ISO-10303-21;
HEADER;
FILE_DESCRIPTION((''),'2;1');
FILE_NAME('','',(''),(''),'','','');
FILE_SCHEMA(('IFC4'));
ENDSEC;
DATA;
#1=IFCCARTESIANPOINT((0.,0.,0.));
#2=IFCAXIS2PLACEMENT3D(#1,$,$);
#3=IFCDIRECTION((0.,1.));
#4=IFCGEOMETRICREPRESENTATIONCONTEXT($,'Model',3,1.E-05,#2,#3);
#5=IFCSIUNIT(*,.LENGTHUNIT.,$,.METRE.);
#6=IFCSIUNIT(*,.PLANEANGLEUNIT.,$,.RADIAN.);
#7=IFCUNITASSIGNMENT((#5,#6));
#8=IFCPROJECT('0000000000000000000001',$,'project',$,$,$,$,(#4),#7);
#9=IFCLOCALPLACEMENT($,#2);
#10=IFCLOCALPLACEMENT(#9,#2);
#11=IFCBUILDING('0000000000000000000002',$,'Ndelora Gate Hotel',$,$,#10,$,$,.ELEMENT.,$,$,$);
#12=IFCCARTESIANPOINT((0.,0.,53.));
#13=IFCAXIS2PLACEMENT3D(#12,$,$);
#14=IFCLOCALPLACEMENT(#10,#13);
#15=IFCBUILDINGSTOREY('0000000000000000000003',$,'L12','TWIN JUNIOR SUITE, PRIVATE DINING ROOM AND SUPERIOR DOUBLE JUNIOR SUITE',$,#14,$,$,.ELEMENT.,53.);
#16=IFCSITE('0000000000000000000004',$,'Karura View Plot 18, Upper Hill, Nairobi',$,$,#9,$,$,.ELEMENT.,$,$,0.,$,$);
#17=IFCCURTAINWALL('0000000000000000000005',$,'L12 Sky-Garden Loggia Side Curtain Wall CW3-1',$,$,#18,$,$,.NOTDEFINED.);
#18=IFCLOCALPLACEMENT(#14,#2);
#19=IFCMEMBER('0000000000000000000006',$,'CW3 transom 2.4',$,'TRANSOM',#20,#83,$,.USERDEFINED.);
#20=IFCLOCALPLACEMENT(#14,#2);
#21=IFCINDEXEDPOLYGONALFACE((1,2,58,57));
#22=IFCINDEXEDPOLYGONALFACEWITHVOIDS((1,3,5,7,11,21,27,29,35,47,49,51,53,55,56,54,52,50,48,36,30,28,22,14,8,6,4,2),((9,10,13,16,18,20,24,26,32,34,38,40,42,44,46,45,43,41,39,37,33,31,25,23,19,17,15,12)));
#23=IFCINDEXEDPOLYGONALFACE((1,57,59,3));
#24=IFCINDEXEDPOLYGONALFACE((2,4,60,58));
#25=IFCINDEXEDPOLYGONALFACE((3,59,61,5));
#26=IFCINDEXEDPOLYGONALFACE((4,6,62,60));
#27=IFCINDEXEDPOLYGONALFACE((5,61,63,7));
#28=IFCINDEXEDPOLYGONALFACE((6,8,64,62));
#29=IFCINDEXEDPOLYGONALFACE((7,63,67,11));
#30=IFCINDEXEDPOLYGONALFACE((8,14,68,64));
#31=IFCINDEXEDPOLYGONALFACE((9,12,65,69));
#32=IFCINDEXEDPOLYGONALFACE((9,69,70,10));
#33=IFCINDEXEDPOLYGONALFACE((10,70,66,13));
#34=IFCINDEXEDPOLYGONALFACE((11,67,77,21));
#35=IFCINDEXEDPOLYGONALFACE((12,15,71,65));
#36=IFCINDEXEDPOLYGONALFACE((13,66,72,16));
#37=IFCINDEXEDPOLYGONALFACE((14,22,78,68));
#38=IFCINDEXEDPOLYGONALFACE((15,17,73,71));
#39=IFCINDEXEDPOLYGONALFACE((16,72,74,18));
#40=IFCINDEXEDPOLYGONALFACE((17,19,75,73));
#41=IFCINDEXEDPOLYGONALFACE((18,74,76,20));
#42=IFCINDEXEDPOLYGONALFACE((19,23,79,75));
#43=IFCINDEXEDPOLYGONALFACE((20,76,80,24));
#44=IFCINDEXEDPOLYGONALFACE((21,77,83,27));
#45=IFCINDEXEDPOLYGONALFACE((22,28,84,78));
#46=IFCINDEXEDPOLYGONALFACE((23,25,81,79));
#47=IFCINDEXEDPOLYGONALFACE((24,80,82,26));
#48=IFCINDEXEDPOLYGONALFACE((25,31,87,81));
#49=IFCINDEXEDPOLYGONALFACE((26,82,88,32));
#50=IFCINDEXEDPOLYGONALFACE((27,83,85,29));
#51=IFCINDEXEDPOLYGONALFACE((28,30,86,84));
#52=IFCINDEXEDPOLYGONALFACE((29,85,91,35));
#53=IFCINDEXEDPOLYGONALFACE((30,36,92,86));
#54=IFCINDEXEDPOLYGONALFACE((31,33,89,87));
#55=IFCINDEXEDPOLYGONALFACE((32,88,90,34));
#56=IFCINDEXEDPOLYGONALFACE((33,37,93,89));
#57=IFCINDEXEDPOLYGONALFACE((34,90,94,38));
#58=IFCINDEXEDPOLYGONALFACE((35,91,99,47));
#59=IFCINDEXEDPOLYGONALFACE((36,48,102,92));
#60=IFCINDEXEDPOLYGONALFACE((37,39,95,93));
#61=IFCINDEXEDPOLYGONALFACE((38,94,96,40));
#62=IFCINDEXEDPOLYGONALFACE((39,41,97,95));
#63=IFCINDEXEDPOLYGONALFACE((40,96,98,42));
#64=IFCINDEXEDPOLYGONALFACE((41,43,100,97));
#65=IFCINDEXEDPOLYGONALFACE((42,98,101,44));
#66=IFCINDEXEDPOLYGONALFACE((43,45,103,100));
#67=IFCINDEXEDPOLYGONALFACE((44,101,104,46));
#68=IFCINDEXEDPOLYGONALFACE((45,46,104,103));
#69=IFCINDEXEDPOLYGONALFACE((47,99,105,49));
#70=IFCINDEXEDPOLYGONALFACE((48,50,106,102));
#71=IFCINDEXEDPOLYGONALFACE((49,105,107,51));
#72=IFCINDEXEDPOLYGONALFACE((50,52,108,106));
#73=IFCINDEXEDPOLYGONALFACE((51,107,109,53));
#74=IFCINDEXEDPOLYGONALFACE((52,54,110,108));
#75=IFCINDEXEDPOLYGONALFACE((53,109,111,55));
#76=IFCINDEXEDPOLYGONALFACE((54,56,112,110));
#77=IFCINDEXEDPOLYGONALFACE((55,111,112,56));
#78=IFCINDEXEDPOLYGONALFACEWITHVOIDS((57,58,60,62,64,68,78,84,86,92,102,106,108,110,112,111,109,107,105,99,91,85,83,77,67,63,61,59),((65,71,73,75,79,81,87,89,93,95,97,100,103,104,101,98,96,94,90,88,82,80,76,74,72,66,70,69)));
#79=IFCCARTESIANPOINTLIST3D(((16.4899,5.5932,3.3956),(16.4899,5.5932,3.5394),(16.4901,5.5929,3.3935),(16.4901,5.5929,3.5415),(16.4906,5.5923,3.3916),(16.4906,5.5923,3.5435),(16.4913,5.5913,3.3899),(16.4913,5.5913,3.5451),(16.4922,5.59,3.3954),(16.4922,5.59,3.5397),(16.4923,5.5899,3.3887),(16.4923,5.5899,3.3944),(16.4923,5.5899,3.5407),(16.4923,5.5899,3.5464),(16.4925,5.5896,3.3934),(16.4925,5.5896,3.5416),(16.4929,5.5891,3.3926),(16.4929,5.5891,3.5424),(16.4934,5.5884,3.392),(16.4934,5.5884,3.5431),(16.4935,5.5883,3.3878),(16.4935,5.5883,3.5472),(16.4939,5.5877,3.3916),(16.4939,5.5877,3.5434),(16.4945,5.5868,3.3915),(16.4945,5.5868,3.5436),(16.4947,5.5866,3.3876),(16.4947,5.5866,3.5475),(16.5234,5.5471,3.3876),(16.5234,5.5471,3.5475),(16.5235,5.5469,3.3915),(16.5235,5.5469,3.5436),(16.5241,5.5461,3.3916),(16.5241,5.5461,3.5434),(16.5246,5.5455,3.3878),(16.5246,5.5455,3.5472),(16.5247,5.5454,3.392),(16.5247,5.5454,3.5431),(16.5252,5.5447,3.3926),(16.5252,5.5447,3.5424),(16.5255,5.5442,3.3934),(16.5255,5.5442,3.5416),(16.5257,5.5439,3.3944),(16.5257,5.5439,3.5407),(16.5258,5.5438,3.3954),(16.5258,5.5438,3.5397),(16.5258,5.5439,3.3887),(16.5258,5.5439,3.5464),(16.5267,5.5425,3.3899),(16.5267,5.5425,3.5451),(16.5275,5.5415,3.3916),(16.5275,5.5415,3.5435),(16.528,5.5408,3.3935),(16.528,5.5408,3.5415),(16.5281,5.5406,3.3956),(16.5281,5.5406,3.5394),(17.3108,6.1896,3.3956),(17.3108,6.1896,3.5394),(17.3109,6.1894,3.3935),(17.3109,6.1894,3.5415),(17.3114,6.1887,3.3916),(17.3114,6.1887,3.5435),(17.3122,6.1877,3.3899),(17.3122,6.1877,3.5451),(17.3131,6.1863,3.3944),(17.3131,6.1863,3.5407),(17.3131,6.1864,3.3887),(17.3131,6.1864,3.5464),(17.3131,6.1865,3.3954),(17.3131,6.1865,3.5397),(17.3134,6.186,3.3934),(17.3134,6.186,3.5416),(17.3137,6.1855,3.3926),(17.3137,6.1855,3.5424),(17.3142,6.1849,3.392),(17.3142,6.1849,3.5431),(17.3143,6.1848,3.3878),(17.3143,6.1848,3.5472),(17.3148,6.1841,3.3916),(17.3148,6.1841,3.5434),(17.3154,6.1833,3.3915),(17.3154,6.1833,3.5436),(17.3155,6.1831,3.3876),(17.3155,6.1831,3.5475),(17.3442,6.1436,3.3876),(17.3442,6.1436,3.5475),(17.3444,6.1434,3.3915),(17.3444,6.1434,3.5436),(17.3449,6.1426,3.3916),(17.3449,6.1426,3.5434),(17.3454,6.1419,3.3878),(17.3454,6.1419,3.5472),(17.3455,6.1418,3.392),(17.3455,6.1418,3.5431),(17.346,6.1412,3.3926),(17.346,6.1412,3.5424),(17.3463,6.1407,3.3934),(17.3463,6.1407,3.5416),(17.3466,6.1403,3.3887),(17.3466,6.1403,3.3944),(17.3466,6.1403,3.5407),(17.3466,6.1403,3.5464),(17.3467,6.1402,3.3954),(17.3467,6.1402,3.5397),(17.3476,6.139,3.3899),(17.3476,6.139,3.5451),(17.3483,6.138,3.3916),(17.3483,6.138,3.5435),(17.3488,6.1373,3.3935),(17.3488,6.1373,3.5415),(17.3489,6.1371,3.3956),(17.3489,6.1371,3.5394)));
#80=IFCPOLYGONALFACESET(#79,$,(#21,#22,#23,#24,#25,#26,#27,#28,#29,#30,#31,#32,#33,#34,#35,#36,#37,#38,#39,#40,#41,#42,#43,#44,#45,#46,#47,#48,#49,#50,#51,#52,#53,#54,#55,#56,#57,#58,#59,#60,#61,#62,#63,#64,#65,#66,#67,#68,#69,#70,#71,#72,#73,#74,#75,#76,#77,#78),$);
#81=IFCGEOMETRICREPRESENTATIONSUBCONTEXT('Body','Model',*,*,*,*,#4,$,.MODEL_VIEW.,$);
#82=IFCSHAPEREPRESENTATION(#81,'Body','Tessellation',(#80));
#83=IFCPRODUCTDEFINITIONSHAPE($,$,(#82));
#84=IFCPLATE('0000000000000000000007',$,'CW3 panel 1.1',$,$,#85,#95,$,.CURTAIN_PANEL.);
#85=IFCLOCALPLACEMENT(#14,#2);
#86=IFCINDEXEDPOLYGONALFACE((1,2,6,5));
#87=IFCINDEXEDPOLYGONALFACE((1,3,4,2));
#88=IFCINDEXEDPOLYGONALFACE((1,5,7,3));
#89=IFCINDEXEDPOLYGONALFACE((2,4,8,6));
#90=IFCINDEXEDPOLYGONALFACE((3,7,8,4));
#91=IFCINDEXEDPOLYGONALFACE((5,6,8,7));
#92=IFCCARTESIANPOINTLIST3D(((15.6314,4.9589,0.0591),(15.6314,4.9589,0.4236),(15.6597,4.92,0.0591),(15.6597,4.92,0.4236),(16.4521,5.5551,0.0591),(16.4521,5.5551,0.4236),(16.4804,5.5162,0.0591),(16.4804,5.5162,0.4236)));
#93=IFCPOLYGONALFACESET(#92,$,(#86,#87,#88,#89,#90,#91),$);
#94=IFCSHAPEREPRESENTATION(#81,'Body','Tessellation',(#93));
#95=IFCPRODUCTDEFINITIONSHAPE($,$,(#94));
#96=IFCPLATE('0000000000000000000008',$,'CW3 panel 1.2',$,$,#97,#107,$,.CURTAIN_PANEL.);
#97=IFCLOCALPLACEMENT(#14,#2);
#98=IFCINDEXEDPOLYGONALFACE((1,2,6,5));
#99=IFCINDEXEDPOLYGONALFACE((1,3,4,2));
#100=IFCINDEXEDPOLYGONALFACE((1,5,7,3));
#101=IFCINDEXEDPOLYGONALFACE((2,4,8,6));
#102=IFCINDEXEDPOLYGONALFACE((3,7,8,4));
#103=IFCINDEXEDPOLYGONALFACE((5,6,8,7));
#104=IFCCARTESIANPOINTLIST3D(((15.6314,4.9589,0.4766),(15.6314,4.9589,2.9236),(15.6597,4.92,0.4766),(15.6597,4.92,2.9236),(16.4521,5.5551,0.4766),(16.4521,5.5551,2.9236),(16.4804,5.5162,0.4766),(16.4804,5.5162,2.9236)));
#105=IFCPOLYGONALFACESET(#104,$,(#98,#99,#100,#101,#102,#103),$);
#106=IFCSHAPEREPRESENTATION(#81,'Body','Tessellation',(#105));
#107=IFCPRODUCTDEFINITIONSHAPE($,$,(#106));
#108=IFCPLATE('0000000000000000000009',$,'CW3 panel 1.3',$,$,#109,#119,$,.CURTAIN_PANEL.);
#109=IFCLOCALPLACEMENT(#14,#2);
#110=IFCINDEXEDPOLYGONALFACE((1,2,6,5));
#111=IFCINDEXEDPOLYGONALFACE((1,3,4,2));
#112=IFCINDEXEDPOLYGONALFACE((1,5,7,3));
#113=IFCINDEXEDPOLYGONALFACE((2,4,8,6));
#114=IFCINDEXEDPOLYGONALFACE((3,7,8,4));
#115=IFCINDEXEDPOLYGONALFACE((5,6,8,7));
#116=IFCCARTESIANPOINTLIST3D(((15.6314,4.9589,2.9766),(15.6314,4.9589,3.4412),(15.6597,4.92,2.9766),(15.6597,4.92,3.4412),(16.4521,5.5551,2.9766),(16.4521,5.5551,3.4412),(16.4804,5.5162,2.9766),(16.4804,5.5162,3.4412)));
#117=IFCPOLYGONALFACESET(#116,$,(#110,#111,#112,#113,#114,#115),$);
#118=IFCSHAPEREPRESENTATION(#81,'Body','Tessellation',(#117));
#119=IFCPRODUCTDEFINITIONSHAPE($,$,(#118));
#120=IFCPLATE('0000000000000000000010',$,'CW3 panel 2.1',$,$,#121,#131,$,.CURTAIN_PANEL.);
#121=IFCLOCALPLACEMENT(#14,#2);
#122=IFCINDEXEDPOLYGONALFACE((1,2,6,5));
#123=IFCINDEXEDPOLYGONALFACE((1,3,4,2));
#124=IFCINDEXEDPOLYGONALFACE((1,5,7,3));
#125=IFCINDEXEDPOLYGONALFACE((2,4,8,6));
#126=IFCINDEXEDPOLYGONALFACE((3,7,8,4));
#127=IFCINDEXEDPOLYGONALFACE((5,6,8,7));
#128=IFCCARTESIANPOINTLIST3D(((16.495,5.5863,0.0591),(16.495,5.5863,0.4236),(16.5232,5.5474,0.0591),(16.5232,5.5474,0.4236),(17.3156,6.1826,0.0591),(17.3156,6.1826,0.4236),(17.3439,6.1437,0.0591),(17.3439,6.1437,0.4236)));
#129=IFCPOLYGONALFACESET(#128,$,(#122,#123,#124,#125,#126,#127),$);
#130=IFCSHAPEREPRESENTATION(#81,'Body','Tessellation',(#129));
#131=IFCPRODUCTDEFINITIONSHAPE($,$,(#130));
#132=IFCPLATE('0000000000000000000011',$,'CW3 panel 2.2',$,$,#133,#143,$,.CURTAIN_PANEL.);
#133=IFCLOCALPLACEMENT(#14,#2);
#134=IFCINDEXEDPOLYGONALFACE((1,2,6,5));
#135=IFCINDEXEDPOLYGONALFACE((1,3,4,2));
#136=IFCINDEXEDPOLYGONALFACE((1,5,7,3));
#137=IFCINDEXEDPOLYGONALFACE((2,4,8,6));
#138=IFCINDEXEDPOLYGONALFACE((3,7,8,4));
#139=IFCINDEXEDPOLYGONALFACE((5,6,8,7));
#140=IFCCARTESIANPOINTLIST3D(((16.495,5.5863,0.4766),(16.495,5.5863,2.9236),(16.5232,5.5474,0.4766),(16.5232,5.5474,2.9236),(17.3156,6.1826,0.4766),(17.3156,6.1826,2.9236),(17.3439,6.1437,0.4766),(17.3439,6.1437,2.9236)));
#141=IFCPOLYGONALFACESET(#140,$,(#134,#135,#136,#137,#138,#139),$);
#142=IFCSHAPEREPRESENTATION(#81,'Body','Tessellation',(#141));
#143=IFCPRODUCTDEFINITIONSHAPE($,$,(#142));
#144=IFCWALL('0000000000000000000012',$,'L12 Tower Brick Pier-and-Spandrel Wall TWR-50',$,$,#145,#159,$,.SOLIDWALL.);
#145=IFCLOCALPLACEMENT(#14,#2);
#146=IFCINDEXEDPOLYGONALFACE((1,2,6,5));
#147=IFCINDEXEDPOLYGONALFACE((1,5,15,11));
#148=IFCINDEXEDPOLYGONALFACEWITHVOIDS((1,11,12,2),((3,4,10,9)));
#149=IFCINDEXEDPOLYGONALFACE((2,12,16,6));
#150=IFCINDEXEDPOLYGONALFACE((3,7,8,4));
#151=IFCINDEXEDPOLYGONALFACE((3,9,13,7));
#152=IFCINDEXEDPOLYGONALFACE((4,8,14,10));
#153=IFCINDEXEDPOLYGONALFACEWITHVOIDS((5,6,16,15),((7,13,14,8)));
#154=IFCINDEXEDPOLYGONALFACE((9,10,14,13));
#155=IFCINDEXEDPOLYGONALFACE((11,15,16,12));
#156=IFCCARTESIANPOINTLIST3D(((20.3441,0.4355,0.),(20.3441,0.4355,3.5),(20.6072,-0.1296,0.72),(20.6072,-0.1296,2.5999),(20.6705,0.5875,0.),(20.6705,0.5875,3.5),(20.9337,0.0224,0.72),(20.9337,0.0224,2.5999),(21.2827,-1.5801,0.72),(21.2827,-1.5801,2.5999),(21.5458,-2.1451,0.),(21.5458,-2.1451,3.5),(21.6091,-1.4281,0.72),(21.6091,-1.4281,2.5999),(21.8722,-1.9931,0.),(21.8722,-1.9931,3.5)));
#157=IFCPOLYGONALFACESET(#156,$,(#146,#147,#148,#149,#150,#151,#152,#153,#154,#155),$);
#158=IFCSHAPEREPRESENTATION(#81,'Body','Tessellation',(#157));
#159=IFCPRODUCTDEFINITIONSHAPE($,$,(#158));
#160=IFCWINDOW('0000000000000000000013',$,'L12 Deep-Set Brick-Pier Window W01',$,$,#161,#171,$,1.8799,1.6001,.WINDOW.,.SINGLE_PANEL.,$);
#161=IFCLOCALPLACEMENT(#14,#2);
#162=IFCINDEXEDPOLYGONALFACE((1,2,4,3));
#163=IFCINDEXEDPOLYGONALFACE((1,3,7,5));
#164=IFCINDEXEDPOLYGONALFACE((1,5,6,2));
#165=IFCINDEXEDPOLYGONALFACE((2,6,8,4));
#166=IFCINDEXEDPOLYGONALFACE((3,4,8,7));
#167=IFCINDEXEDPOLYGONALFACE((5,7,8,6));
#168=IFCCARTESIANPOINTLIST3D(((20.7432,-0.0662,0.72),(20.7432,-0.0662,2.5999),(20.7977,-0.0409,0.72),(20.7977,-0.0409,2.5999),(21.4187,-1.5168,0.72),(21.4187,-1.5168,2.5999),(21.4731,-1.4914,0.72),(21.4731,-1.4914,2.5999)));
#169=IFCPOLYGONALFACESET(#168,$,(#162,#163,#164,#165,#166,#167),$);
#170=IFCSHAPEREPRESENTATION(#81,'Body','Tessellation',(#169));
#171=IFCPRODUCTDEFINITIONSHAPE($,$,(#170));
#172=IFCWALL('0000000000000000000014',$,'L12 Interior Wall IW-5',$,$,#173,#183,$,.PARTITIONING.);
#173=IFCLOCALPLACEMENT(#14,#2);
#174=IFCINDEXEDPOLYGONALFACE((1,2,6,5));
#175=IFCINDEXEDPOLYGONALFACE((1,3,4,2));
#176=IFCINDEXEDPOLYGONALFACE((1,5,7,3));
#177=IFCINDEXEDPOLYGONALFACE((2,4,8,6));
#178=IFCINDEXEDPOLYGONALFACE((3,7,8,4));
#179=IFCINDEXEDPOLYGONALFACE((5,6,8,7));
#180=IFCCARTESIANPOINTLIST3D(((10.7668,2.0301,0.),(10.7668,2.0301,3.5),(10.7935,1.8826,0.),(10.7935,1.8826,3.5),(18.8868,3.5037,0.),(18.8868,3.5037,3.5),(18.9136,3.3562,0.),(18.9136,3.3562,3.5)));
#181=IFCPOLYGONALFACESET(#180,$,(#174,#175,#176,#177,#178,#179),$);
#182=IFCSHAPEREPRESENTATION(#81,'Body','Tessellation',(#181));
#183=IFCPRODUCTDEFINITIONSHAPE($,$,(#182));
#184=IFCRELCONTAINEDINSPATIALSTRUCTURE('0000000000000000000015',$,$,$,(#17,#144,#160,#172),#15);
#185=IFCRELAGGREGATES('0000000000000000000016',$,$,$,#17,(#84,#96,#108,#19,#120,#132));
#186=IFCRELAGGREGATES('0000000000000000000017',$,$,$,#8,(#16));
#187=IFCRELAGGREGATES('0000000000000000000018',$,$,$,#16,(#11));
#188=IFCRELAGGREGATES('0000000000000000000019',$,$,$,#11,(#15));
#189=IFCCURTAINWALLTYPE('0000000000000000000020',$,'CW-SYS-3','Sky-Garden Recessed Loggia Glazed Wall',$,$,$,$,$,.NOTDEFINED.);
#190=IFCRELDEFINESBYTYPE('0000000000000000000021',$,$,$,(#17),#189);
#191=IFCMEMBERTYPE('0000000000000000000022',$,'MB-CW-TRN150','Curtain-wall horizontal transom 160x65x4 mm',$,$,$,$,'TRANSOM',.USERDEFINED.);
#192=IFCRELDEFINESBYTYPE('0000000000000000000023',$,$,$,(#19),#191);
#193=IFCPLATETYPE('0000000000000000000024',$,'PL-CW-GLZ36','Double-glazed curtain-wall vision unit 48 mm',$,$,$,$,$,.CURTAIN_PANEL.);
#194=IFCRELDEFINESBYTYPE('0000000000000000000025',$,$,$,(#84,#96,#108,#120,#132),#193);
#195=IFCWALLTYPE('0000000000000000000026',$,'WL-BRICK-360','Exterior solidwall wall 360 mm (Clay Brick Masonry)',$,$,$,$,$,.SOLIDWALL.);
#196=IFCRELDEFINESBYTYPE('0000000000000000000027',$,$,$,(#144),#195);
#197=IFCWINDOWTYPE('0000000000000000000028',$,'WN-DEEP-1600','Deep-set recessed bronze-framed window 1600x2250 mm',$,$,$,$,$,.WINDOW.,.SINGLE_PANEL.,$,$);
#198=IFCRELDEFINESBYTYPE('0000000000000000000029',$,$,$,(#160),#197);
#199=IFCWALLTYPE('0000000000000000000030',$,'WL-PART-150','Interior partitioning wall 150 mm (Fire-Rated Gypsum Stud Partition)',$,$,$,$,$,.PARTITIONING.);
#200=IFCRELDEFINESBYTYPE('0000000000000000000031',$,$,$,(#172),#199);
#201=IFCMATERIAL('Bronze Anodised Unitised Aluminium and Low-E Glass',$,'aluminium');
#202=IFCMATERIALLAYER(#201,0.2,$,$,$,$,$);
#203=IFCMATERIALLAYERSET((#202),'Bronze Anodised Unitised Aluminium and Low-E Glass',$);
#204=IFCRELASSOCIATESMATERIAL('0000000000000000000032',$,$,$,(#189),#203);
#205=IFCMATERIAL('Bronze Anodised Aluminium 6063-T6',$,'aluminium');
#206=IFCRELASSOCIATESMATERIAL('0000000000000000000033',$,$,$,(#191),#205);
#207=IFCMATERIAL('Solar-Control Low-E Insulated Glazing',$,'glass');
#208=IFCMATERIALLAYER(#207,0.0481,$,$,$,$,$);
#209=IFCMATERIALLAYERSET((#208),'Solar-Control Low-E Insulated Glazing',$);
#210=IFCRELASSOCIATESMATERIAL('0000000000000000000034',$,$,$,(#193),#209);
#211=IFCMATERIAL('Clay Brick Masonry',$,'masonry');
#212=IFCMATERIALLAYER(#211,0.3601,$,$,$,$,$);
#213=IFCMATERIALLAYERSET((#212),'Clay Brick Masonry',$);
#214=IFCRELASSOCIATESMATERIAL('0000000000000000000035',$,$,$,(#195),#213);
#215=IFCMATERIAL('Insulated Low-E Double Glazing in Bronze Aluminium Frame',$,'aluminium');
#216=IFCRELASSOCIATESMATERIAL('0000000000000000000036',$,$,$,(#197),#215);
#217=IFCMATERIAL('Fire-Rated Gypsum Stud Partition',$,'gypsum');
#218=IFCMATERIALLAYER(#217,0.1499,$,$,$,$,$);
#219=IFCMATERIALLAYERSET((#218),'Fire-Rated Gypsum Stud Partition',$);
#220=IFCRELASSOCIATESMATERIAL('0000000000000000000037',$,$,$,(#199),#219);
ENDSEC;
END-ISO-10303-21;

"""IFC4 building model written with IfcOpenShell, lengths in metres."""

from ifc_helpers import new_model, si_unit, direction, frame, frame_2d, origin, origin_2d, place, context, subcontext, project, spatial, rectangle, hollow_rectangle, extrude, material, layer, layer_set, material_profile, profile_set, type_object, element, fill, aggregate, save


model = new_model("IFC4")

# Units and contexts
model_context = context("Model", 3, precision=1e-05, world=origin(), true_north=direction((0.0, 1.0)))
body_context = subcontext(model_context, "Body", "Model", "MODEL_VIEW")
ifc_project = project(units=[si_unit("LENGTHUNIT", "METRE"), si_unit("PLANEANGLEUNIT", "RADIAN")], contexts=[model_context])

# Site, building, storey
site_placement = place(None, origin())
site = spatial("IfcSite", under=ifc_project, at=site_placement, Name="Karura View Plot 18, Upper Hill, Nairobi", CompositionType="ELEMENT", RefElevation=0.0)
building_placement = place(site_placement, origin())
building = spatial("IfcBuilding", under=site, at=building_placement, Name="Ndelora Gate Hotel", CompositionType="ELEMENT")
storey_placement = place(building_placement, frame((0.0, 0.0, 53.0)))
storey = spatial("IfcBuildingStorey", under=building, at=storey_placement, Name="L12", Description="TWIN JUNIOR SUITE, PRIVATE DINING ROOM AND SUPERIOR DOUBLE JUNIOR SUITE", CompositionType="ELEMENT", Elevation=53.0)

# Curtain wall, member, plates
ifc_material_1 = material(Name="Bronze Anodised Unitised Aluminium and Low-E Glass", Category="aluminium")
ifc_layer_1 = layer(ifc_material_1, 0.2)
ifc_layer_set_1 = layer_set([ifc_layer_1], Name="Bronze Anodised Unitised Aluminium and Low-E Glass")
curtain_wall_type = type_object("IfcCurtainWallType", Name="CW-SYS-3", Description="Sky-Garden Recessed Loggia Glazed Wall", PredefinedType="NOTDEFINED", material=ifc_layer_set_1)
curtain_wall_placement = place(storey_placement, origin())
curtain_wall = element("IfcCurtainWall", 1, at=curtain_wall_placement, inside=storey, type_object=curtain_wall_type, Name="L12 Sky-Garden Loggia Side Curtain Wall CW3-1", PredefinedType="NOTDEFINED")
ifc_material_2 = material(Name="Bronze Anodised Aluminium 6063-T6", Category="aluminium")
ifc_material_profile_1 = material_profile(ifc_material_2, hollow_rectangle(XDim=0.0649, YDim=0.1599, WallThickness=0.0039, InnerFilletRadius=0.0039, OuterFilletRadius=0.0081, at=origin_2d()), Name="ALU 160x65x4")
ifc_profile_set_1 = profile_set([ifc_material_profile_1], Name="Bronze Anodised Aluminium 6063-T6")
member_type_1 = type_object("IfcMemberType", Name="MB-CW-TRN150", Description="Curtain-wall horizontal transom 160x65x4 mm", ElementType="TRANSOM", PredefinedType="USERDEFINED", material=ifc_profile_set_1)
member_1_placement = place(storey_placement, frame((16.509, 5.5669, 3.4675), z_axis=(0.808975, 0.587843, 0.0), x_axis=(-0.587843, 0.808975, 0.0)))
member_1 = element("IfcMember", 2, at=member_1_placement, type_object=member_type_1, Name="CW3 transom 2.4", ObjectType="TRANSOM", PredefinedType="USERDEFINED", context=body_context, shape_type="SweptSolid", body=[
    extrude(hollow_rectangle(XDim=0.0649, YDim=0.1599, WallThickness=0.0039, InnerFilletRadius=0.0039, OuterFilletRadius=0.0081, at=origin_2d()), origin(), (0.0, 0.0, 1.0), 1.0146),
])
ifc_material_3 = material(Name="Solar-Control Low-E Insulated Glazing", Category="glass")
ifc_layer_2 = layer(ifc_material_3, 0.0481)
ifc_layer_set_2 = layer_set([ifc_layer_2], Name="Solar-Control Low-E Insulated Glazing")
plate_type = type_object("IfcPlateType", Name="PL-CW-GLZ36", Description="Double-glazed curtain-wall vision unit 48 mm", PredefinedType="CURTAIN_PANEL", material=ifc_layer_set_2)
plate_1_placement = place(storey_placement, frame((16.0559, 5.2375, 0.0591), z_axis=(0.0, 0.0, 1.0), x_axis=(0.809017, 0.587785, 0.0)))
plate_1 = element("IfcPlate", 3, at=plate_1_placement, type_object=plate_type, Name="CW3 panel 1.1", PredefinedType="CURTAIN_PANEL", context=body_context, shape_type="SweptSolid", body=[
    extrude(rectangle(XDim=1.0144, YDim=0.0481, at=origin_2d()), origin(), (0.0, 0.0, 1.0), 0.3645),
])
plate_2_placement = place(storey_placement, frame((16.0559, 5.2375, 0.4766), z_axis=(0.0, 0.0, 1.0), x_axis=(0.809017, 0.587785, 0.0)))
plate_2 = element("IfcPlate", 4, at=plate_2_placement, type_object=plate_type, Name="CW3 panel 1.2", PredefinedType="CURTAIN_PANEL", context=body_context, shape_type="SweptSolid", body=[
    extrude(rectangle(XDim=1.0144, YDim=0.0481, at=origin_2d()), origin(), (0.0, 0.0, 1.0), 2.447),
])
plate_3_placement = place(storey_placement, frame((16.0559, 5.2375, 2.9766), z_axis=(0.0, 0.0, 1.0), x_axis=(0.809017, 0.587785, 0.0)))
plate_3 = element("IfcPlate", 5, at=plate_3_placement, type_object=plate_type, Name="CW3 panel 1.3", PredefinedType="CURTAIN_PANEL", context=body_context, shape_type="SweptSolid", body=[
    extrude(rectangle(XDim=1.0144, YDim=0.0481, at=origin_2d()), origin(), (0.0, 0.0, 1.0), 0.4646),
])
plate_4_placement = place(storey_placement, frame((16.9194, 5.865, 0.0591), z_axis=(0.0, 0.0, 1.0), x_axis=(0.809017, 0.587785, 0.0)))
plate_4 = element("IfcPlate", 6, at=plate_4_placement, type_object=plate_type, Name="CW3 panel 2.1", PredefinedType="CURTAIN_PANEL", context=body_context, shape_type="SweptSolid", body=[
    extrude(rectangle(XDim=1.0144, YDim=0.0481, at=origin_2d()), origin(), (0.0, 0.0, 1.0), 0.3645),
])
plate_5_placement = place(storey_placement, frame((16.9194, 5.865, 0.4766), z_axis=(0.0, 0.0, 1.0), x_axis=(0.809017, 0.587785, 0.0)))
plate_5 = element("IfcPlate", 7, at=plate_5_placement, type_object=plate_type, Name="CW3 panel 2.2", PredefinedType="CURTAIN_PANEL", context=body_context, shape_type="SweptSolid", body=[
    extrude(rectangle(XDim=1.0144, YDim=0.0481, at=origin_2d()), origin(), (0.0, 0.0, 1.0), 2.447),
])
aggregate(curtain_wall, [plate_1, plate_2, plate_3, member_1, plate_4, plate_5])

# Wall, opening, window
ifc_material_4 = material(Name="Clay Brick Masonry", Category="masonry")
ifc_layer_3 = layer(ifc_material_4, 0.3601)
ifc_layer_set_3 = layer_set([ifc_layer_3], Name="Clay Brick Masonry")
wall_type_1 = type_object("IfcWallType", Name="WL-BRICK-360", Description="Exterior solidwall wall 360 mm (Clay Brick Masonry)", PredefinedType="SOLIDWALL", material=ifc_layer_set_3)
wall_1_placement = place(storey_placement, frame((20.5073, 0.5115, 0.0), z_axis=(0.0, 0.0, 1.0), x_axis=(0.422134, -0.906533, 0.0)))
wall_1 = element("IfcWall", 8, at=wall_1_placement, inside=storey, type_object=wall_type_1, Name="L12 Tower Brick Pier-and-Spandrel Wall TWR-50", PredefinedType="SOLIDWALL", context=body_context, shape_type="SweptSolid", body=[
    extrude(rectangle(XDim=2.8467, YDim=0.3601, at=frame_2d((1.4233, 0.0))), origin(), (0.0, 0.0, 1.0), 3.5),
])
opening_placement = place(wall_1_placement, frame((0.6233, 0.0, 0.72)))
opening = element("IfcOpeningElement", 9, at=opening_placement, cuts=wall_1, PredefinedType="OPENING", context=body_context, shape_type="SweptSolid", body=[
    extrude(rectangle(XDim=1.6001, YDim=1.8799, at=frame_2d((0.8, 0.9399))), frame((0.0, 0.1899, 0.0), z_axis=(0.0, -1.0, 0.0), x_axis=(1.0, 0.0, 0.0)), (0.0, 0.0, 1.0), 0.3801),
])
ifc_material_5 = material(Name="Insulated Low-E Double Glazing in Bronze Aluminium Frame", Category="aluminium")
window_type = type_object("IfcWindowType", Name="WN-DEEP-1600", Description="Deep-set recessed bronze-framed window 1600x2250 mm", PartitioningType="SINGLE_PANEL", PredefinedType="WINDOW", material=ifc_material_5)
window_placement = place(opening_placement, origin())
window = element("IfcWindow", 10, at=window_placement, inside=storey, type_object=window_type, Name="L12 Deep-Set Brick-Pier Window W01", OverallHeight=1.8799, OverallWidth=1.6001, PartitioningType="SINGLE_PANEL", PredefinedType="WINDOW", context=body_context, shape_type="SweptSolid", body=[
    extrude(rectangle(XDim=1.6001, YDim=1.8799, at=frame_2d((0.8, 0.9399))), frame((0.0, 0.03, 0.0), z_axis=(0.0, -1.0, 0.0), x_axis=(1.0, 0.0, 0.0)), (0.0, 0.0, 1.0), 0.0601),
])
fill(opening, window)

# Wall
ifc_material_6 = material(Name="Fire-Rated Gypsum Stud Partition", Category="gypsum")
ifc_layer_4 = layer(ifc_material_6, 0.1499)
ifc_layer_set_4 = layer_set([ifc_layer_4], Name="Fire-Rated Gypsum Stud Partition")
wall_type_2 = type_object("IfcWallType", Name="WL-PART-150", Description="Interior partitioning wall 150 mm (Fire-Rated Gypsum Stud Partition)", PredefinedType="PARTITIONING", material=ifc_layer_set_4)
wall_2_placement = place(storey_placement, frame((10.78, 1.9563, 0.0), z_axis=(0.0, 0.0, 1.0), x_axis=(0.983929, 0.178563, 0.0)))
element("IfcWall", 11, at=wall_2_placement, inside=storey, type_object=wall_type_2, Name="L12 Interior Wall IW-5", PredefinedType="PARTITIONING", context=body_context, shape_type="SweptSolid", body=[
    extrude(rectangle(XDim=8.2527, YDim=0.1499, at=frame_2d((4.1265, 0.0))), origin(), (0.0, 0.0, 1.0), 3.5),
])

save(model, "model.ifc")
